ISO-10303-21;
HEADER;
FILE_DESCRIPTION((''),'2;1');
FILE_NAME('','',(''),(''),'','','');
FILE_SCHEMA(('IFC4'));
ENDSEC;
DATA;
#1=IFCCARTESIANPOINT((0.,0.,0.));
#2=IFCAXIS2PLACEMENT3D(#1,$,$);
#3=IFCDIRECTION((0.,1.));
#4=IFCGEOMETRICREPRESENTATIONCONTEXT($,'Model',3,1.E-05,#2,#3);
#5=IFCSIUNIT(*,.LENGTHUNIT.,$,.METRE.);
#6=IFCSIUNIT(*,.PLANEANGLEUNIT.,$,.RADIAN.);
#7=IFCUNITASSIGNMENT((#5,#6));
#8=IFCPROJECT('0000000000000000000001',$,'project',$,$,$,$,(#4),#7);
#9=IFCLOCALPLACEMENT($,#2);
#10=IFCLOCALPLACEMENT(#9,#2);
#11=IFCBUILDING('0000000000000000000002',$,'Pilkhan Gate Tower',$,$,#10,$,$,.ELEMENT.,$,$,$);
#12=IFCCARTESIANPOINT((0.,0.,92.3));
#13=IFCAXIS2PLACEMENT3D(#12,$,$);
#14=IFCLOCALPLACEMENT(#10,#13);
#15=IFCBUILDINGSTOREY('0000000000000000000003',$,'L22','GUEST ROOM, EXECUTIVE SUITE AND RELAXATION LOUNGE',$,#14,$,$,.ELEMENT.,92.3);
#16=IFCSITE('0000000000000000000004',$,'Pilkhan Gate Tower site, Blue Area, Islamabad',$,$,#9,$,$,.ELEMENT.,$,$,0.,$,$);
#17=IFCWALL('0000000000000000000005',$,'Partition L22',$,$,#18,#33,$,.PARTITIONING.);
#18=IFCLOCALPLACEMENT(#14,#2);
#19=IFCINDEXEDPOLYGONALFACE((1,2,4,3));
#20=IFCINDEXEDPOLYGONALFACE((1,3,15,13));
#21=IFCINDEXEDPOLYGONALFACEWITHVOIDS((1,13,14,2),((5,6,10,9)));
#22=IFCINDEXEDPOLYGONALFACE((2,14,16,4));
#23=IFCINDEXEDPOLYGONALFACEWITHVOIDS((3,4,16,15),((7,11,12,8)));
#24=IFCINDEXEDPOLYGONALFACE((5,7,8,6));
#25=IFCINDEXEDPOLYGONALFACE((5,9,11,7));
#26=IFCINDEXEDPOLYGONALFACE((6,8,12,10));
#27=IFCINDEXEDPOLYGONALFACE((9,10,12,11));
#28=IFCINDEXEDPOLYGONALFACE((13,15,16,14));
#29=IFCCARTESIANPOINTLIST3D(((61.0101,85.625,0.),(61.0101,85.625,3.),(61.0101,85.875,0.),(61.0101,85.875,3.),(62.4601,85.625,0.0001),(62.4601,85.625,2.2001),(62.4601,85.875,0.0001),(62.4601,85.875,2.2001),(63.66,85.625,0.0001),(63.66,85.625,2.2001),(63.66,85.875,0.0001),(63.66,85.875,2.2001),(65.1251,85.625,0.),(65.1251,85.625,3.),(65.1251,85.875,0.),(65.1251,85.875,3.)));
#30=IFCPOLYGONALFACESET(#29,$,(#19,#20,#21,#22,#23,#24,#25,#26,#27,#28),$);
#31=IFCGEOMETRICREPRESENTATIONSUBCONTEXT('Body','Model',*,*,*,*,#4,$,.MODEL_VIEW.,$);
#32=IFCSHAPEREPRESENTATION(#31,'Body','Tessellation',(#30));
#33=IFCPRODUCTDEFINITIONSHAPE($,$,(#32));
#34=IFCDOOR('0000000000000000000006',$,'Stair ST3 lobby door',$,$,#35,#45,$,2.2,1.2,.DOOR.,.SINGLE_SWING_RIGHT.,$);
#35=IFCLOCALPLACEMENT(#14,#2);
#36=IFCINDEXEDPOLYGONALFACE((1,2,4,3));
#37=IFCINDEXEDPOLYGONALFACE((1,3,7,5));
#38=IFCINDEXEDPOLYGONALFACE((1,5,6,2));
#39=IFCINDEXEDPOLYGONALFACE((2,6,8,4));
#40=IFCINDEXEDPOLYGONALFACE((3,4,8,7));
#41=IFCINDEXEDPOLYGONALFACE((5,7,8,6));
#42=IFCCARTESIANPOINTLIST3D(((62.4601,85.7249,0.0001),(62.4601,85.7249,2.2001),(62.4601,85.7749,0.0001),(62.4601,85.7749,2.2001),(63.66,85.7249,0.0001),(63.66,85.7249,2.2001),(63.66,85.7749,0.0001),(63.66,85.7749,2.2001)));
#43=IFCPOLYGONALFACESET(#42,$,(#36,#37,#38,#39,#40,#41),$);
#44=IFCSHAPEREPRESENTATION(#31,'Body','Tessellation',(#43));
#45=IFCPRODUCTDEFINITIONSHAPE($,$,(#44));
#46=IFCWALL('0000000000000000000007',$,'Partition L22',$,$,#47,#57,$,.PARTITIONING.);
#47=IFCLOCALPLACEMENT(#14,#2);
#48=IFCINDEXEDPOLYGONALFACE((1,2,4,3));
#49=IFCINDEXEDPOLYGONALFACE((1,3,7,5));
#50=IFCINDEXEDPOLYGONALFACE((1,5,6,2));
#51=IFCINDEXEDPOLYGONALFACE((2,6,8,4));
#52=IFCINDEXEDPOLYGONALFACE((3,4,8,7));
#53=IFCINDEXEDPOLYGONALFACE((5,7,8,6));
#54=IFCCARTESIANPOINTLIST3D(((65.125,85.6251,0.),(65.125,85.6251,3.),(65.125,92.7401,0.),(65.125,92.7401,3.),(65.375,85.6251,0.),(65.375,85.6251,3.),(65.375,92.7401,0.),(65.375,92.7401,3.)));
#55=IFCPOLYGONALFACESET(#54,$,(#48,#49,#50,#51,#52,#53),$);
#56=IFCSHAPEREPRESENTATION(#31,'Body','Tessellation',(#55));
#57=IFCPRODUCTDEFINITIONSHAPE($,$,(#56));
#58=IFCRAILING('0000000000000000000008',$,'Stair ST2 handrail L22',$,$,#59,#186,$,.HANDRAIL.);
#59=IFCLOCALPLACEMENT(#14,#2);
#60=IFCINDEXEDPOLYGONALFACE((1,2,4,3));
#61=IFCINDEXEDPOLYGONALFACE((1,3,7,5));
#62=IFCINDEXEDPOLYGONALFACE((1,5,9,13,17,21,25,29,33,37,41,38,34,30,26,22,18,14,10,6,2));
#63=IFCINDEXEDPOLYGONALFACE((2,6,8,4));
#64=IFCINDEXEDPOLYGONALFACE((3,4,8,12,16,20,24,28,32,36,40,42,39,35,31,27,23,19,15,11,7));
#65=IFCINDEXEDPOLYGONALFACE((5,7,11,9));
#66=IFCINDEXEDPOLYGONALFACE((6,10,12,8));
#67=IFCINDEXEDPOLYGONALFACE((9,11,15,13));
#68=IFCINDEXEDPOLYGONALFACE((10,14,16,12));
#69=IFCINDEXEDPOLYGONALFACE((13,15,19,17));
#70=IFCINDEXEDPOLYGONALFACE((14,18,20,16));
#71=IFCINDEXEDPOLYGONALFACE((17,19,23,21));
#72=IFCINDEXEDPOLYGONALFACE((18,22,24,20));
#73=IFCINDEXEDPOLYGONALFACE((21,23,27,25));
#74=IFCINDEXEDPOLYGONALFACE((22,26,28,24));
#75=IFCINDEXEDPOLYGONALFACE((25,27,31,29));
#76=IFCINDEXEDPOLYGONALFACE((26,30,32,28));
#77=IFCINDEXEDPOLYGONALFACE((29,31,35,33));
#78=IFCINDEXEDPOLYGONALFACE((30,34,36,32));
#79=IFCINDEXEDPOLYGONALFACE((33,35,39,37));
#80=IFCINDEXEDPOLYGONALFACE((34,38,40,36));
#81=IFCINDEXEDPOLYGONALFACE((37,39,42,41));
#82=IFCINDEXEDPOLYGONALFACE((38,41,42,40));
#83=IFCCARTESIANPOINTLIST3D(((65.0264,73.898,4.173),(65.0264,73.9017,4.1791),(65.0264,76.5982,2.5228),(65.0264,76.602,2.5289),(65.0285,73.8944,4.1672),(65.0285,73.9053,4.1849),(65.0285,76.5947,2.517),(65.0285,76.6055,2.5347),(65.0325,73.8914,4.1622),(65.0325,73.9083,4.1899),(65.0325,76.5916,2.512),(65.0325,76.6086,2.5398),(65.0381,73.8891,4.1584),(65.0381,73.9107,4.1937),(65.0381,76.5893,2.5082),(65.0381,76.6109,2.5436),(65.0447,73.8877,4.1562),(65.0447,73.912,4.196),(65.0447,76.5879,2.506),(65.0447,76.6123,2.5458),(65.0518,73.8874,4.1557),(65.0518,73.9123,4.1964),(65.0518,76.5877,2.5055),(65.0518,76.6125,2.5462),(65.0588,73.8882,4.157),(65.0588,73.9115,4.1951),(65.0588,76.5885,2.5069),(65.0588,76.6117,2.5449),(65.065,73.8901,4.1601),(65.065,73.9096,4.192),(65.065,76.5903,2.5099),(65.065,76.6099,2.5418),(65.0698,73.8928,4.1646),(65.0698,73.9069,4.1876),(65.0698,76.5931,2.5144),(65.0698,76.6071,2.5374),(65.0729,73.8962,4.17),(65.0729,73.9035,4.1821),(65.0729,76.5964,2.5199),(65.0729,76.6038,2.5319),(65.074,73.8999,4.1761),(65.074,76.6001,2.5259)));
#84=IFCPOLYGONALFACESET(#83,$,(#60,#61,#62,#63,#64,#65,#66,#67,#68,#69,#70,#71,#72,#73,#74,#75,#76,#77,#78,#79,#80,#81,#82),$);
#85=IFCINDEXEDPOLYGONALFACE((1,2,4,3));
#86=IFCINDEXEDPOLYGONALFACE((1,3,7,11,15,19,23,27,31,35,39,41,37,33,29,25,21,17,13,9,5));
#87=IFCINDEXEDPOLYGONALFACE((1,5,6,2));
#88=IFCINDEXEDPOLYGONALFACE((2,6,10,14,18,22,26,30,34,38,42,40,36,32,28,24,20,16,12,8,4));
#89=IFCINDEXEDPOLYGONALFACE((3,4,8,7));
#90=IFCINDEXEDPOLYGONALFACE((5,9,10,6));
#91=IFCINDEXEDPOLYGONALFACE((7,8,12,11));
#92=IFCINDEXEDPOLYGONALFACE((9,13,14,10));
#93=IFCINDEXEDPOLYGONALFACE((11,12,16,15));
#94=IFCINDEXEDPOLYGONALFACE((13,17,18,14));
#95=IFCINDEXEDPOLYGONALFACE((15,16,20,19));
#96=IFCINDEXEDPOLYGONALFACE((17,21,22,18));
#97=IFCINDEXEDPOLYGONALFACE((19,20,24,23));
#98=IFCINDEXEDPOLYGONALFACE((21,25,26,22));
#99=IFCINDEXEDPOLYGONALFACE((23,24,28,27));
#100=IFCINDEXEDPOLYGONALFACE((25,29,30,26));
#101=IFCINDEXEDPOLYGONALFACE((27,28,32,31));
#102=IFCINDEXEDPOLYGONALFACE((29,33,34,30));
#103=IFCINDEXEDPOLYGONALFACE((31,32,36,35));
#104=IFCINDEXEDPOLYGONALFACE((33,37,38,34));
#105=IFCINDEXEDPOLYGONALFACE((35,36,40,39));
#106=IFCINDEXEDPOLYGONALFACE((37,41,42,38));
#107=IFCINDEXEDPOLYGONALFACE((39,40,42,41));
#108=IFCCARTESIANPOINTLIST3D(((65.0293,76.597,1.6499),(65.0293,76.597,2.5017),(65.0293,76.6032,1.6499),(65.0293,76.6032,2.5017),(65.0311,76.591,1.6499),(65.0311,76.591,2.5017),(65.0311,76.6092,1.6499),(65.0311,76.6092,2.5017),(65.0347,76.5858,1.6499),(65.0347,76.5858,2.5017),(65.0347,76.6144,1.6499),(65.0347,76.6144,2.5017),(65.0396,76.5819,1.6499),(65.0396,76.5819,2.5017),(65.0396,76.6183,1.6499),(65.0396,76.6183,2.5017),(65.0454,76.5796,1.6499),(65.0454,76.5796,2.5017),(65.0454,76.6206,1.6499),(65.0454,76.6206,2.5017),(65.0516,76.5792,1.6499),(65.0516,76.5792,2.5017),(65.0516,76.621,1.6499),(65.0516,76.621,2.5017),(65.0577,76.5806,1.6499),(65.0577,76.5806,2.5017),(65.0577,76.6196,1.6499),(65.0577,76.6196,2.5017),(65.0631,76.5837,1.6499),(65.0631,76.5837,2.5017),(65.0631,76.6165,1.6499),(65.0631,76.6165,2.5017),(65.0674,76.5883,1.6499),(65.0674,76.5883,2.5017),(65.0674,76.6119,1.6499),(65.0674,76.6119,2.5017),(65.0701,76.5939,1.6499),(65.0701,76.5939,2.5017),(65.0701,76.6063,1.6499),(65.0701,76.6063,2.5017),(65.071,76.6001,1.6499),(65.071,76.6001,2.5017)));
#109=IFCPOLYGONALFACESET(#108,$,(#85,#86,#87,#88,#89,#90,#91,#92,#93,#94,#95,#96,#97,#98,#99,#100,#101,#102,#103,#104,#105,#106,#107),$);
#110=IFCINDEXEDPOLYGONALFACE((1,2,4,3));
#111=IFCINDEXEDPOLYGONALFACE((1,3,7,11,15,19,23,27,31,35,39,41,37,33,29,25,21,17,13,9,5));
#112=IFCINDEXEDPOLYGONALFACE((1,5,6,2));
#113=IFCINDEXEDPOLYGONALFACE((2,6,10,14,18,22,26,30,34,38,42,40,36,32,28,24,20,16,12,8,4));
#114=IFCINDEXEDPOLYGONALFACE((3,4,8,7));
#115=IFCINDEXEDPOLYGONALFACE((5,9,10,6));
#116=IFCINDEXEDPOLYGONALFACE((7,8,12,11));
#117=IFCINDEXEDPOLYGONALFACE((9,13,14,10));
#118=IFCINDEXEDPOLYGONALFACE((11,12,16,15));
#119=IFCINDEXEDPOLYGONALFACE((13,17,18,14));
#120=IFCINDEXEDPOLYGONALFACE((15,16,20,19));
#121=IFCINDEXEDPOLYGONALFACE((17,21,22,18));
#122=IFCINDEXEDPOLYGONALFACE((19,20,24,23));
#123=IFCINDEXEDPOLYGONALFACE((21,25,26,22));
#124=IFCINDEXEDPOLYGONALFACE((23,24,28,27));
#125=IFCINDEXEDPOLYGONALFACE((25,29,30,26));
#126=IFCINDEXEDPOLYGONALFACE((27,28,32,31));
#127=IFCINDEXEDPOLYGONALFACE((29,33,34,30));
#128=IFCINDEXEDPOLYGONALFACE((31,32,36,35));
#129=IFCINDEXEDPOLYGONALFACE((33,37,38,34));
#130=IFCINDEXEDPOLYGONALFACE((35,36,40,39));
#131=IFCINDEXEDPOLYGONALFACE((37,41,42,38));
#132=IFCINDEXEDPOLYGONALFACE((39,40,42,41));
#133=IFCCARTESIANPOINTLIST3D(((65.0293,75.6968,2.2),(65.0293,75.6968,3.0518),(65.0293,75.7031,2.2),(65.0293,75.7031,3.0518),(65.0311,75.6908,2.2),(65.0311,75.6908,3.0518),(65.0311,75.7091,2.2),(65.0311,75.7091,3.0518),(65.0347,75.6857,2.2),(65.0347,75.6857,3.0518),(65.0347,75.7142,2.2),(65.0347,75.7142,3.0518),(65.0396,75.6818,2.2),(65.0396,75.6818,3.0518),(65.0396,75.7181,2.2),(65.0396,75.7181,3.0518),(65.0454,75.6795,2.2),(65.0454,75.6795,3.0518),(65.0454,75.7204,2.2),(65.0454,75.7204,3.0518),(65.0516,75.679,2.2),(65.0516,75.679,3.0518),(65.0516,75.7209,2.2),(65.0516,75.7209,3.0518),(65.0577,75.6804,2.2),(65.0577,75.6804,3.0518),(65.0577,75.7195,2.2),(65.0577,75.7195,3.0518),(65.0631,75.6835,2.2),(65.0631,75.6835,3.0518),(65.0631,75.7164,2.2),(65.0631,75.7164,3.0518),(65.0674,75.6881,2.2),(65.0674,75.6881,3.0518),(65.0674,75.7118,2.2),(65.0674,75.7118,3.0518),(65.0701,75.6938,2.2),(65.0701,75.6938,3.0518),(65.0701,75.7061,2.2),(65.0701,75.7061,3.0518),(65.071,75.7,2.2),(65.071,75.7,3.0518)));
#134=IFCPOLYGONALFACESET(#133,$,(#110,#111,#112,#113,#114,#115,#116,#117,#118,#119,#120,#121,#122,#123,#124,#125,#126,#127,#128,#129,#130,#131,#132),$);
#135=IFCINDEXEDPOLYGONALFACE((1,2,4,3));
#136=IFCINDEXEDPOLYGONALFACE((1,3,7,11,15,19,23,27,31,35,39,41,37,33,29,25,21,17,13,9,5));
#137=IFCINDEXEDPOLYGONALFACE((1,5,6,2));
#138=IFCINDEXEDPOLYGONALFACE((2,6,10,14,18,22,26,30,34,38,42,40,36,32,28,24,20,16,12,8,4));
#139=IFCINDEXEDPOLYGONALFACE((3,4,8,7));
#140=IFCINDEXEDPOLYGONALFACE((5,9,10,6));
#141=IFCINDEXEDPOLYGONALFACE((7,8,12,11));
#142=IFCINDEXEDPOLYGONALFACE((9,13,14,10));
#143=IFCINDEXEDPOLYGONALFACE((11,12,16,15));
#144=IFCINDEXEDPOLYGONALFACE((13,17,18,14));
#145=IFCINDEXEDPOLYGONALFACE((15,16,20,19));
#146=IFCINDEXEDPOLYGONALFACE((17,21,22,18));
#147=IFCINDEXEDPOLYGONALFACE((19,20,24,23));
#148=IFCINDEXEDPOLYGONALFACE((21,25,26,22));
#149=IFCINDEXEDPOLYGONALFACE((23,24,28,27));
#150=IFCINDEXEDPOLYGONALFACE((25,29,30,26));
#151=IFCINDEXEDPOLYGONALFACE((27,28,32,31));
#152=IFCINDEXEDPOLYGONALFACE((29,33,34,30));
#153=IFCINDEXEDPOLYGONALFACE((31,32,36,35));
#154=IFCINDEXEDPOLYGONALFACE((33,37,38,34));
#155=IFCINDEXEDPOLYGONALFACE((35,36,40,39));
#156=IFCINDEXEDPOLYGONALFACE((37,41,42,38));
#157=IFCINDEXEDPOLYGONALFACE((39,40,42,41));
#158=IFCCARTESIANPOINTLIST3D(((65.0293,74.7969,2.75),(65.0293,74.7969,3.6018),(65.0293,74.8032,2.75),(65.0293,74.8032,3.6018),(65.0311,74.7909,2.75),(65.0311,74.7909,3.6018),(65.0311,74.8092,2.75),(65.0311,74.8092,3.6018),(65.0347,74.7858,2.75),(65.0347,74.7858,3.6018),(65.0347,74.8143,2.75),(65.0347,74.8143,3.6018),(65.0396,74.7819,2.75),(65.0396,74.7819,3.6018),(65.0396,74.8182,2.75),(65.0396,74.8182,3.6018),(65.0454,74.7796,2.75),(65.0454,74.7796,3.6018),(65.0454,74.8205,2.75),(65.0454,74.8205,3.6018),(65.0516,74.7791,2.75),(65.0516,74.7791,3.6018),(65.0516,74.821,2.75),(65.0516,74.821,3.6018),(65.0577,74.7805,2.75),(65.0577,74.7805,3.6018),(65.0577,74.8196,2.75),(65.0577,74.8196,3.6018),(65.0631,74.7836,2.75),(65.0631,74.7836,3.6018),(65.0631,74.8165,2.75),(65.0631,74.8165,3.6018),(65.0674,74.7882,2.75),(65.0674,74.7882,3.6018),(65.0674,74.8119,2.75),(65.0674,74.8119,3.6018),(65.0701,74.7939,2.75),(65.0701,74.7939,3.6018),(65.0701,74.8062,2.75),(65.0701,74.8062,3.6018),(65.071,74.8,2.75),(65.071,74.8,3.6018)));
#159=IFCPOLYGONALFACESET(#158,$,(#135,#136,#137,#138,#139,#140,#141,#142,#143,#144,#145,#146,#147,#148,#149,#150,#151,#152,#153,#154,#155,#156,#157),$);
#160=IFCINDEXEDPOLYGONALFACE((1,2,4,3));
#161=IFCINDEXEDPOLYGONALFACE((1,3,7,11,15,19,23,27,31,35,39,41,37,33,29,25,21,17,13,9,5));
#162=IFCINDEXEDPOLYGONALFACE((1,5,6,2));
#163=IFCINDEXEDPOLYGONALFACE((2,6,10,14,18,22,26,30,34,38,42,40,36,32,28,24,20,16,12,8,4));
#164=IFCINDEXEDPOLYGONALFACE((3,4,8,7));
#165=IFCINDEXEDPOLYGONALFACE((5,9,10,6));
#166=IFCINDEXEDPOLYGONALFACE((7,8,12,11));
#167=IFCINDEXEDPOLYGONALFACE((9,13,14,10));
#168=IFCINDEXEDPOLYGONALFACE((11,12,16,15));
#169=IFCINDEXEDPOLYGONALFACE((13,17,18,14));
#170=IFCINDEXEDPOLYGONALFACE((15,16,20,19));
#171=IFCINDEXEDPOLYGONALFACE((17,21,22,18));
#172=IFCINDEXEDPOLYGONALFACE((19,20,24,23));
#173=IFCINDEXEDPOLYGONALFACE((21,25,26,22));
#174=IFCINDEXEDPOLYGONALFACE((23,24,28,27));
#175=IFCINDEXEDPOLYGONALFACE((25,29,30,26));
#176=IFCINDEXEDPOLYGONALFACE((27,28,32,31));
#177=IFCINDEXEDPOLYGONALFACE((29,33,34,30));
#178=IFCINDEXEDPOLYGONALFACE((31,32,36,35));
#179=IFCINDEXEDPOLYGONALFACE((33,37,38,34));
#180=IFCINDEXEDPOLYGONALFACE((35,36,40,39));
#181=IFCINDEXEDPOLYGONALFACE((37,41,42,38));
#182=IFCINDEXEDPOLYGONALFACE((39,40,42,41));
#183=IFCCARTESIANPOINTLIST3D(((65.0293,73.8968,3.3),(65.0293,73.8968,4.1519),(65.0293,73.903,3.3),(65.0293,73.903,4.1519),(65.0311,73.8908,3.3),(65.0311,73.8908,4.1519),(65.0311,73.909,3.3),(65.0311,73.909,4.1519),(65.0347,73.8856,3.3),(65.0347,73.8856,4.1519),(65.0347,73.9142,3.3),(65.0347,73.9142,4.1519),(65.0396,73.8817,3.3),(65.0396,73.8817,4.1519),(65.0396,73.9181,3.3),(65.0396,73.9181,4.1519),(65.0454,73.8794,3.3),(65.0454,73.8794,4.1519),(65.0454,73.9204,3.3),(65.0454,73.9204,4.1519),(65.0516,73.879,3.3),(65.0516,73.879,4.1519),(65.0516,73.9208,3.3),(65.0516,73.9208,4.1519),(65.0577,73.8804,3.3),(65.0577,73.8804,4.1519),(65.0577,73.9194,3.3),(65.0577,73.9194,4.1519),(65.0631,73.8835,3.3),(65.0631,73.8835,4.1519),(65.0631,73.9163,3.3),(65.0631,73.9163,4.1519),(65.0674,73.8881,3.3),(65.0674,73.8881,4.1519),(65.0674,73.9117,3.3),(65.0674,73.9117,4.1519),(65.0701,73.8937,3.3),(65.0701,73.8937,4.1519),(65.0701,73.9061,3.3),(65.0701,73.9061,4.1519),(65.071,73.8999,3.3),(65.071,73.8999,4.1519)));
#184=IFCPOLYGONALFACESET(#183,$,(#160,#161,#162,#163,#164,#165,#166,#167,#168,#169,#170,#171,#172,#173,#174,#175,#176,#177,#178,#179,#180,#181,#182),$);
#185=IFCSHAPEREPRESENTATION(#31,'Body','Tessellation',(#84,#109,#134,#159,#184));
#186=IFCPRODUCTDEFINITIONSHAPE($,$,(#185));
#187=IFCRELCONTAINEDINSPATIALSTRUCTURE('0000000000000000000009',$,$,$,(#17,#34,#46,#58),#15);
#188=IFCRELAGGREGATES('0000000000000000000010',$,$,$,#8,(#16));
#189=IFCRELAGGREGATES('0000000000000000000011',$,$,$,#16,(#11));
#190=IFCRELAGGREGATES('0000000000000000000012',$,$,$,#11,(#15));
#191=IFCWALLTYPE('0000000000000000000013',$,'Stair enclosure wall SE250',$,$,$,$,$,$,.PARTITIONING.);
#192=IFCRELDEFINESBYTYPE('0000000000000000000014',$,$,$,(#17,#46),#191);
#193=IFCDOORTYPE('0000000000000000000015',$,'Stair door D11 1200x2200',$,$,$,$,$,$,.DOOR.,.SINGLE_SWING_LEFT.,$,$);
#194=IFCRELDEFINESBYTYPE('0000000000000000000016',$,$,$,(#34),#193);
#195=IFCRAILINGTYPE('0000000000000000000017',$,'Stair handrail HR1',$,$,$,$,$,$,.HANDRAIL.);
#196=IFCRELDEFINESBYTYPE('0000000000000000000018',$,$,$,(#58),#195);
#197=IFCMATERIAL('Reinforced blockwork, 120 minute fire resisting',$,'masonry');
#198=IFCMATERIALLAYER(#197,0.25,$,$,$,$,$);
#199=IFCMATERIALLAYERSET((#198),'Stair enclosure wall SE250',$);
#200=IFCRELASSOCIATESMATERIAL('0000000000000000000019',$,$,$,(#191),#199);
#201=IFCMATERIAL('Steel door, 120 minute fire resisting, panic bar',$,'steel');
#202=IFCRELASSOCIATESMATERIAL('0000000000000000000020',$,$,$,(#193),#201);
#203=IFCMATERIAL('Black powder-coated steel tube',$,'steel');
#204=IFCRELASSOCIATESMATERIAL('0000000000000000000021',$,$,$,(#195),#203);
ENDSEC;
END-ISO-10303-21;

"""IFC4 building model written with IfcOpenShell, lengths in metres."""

from ifc_helpers import new_model, si_unit, direction, frame, frame_2d, origin, origin_2d, place, context, subcontext, project, spatial, rectangle, circle, extrude, material, layer, layer_set, type_object, element, fill, save


model = new_model("IFC4")

# Units and contexts
model_context = context("Model", 3, precision=1e-05, world=origin(), true_north=direction((0.0, 1.0)))
body_context = subcontext(model_context, "Body", "Model", "MODEL_VIEW")
ifc_project = project(units=[si_unit("LENGTHUNIT", "METRE"), si_unit("PLANEANGLEUNIT", "RADIAN")], contexts=[model_context])

# Site, building, storey
site_placement = place(None, origin())
site = spatial("IfcSite", under=ifc_project, at=site_placement, Name="Pilkhan Gate Tower site, Blue Area, Islamabad", CompositionType="ELEMENT", RefElevation=0.0)
building_placement = place(site_placement, origin())
building = spatial("IfcBuilding", under=site, at=building_placement, Name="Pilkhan Gate Tower", CompositionType="ELEMENT")
storey_placement = place(building_placement, frame((0.0, 0.0, 92.3)))
storey = spatial("IfcBuildingStorey", under=building, at=storey_placement, Name="L22", Description="GUEST ROOM, EXECUTIVE SUITE AND RELAXATION LOUNGE", CompositionType="ELEMENT", Elevation=92.3)

# Shared definitions
ifc_material_1 = material(Name="Reinforced blockwork, 120 minute fire resisting", Category="masonry")
ifc_layer_1 = layer(ifc_material_1, 0.25)
ifc_layer_set_1 = layer_set([ifc_layer_1], Name="Stair enclosure wall SE250")
wall_type_1 = type_object("IfcWallType", Name="Stair enclosure wall SE250", PredefinedType="PARTITIONING", material=ifc_layer_set_1)

# Wall, opening, door
wall_1_placement = place(storey_placement, frame((61.01, 85.75, 0.0), z_axis=(0.0, 0.0, 1.0), x_axis=(1.0, 0.0, 0.0)))
wall_1 = element("IfcWall", 1, at=wall_1_placement, inside=storey, type_object=wall_type_1, Name="Partition L22", PredefinedType="PARTITIONING", context=body_context, shape_type="SweptSolid", body=[
    extrude(rectangle(XDim=4.115, YDim=0.25, at=frame_2d((2.0576, 0.0))), origin(), (0.0, 0.0, 1.0), 3.0),
])
opening_1_placement = place(wall_1_placement, frame((1.45, 0.0, 0.0)))
opening_1 = element("IfcOpeningElement", 2, at=opening_1_placement, cuts=wall_1, PredefinedType="OPENING", context=body_context, shape_type="SweptSolid", body=[
    extrude(rectangle(XDim=1.2, YDim=2.2, at=frame_2d((0.6001, 1.1001))), frame((0.0, 0.135, 0.0), z_axis=(0.0, -1.0, 0.0), x_axis=(1.0, 0.0, 0.0)), (0.0, 0.0, 1.0), 0.27),
])
ifc_material_2 = material(Name="Steel door, 120 minute fire resisting, panic bar", Category="steel")
door_type_1 = type_object("IfcDoorType", Name="Stair door D11 1200x2200", OperationType="SINGLE_SWING_LEFT", PredefinedType="DOOR", material=ifc_material_2)
door_1_placement = place(opening_1_placement, origin())
door_1 = element("IfcDoor", 3, at=door_1_placement, inside=storey, type_object=door_type_1, Name="Stair ST3 lobby door", OperationType="SINGLE_SWING_RIGHT", OverallHeight=2.2, OverallWidth=1.2, PredefinedType="DOOR", context=body_context, shape_type="SweptSolid", body=[
    extrude(rectangle(XDim=1.2, YDim=2.2, at=frame_2d((0.6001, 1.1001))), frame((0.0, 0.0249, 0.0), z_axis=(0.0, -1.0, 0.0), x_axis=(1.0, 0.0, 0.0)), (0.0, 0.0, 1.0), 0.05),
])
fill(opening_1, door_1)

# Wall
wall_2_placement = place(storey_placement, frame((65.25, 85.625, 0.0), z_axis=(0.0, 0.0, 1.0), x_axis=(0.0, 1.0, 0.0)))
element("IfcWall", 4, at=wall_2_placement, inside=storey, type_object=wall_type_1, Name="Partition L22", PredefinedType="PARTITIONING", context=body_context, shape_type="SweptSolid", body=[
    extrude(rectangle(XDim=7.115, YDim=0.25, at=frame_2d((3.5576, 0.0))), origin(), (0.0, 0.0, 1.0), 3.0),
])

# Railing
ifc_material_3 = material(Name="Black powder-coated steel tube", Category="steel")
railing_type = type_object("IfcRailingType", Name="Stair handrail HR1", PredefinedType="HANDRAIL", material=ifc_material_3)
railing_1_placement = place(storey_placement, frame((65.05, 76.6001, 1.6499)))
element("IfcRailing", 5, at=railing_1_placement, inside=storey, type_object=railing_type, Name="Stair ST2 handrail L22", PredefinedType="HANDRAIL", context=body_context, shape_type="SweptSolid", body=[
    extrude(circle(Radius=0.0239, at=origin_2d()), frame((0.0, 0.0, 0.876), z_axis=(0.0, -0.853278, 0.521456), x_axis=(1.0, 0.0, 0.0)), (0.0, 0.0, 1.0), 3.1646),
    extrude(circle(Radius=0.021, at=origin_2d()), origin(), (0.0, 0.0, 1.0), 0.8518),
    extrude(circle(Radius=0.021, at=origin_2d()), frame((0.0, -0.9001, 0.55)), (0.0, 0.0, 1.0), 0.8518),
    extrude(circle(Radius=0.021, at=origin_2d()), frame((0.0, -1.8, 1.1001)), (0.0, 0.0, 1.0), 0.8518),
    extrude(circle(Radius=0.021, at=origin_2d()), frame((0.0, -2.7002, 1.6501)), (0.0, 0.0, 1.0), 0.8518),
])

save(model, "model.ifc")
